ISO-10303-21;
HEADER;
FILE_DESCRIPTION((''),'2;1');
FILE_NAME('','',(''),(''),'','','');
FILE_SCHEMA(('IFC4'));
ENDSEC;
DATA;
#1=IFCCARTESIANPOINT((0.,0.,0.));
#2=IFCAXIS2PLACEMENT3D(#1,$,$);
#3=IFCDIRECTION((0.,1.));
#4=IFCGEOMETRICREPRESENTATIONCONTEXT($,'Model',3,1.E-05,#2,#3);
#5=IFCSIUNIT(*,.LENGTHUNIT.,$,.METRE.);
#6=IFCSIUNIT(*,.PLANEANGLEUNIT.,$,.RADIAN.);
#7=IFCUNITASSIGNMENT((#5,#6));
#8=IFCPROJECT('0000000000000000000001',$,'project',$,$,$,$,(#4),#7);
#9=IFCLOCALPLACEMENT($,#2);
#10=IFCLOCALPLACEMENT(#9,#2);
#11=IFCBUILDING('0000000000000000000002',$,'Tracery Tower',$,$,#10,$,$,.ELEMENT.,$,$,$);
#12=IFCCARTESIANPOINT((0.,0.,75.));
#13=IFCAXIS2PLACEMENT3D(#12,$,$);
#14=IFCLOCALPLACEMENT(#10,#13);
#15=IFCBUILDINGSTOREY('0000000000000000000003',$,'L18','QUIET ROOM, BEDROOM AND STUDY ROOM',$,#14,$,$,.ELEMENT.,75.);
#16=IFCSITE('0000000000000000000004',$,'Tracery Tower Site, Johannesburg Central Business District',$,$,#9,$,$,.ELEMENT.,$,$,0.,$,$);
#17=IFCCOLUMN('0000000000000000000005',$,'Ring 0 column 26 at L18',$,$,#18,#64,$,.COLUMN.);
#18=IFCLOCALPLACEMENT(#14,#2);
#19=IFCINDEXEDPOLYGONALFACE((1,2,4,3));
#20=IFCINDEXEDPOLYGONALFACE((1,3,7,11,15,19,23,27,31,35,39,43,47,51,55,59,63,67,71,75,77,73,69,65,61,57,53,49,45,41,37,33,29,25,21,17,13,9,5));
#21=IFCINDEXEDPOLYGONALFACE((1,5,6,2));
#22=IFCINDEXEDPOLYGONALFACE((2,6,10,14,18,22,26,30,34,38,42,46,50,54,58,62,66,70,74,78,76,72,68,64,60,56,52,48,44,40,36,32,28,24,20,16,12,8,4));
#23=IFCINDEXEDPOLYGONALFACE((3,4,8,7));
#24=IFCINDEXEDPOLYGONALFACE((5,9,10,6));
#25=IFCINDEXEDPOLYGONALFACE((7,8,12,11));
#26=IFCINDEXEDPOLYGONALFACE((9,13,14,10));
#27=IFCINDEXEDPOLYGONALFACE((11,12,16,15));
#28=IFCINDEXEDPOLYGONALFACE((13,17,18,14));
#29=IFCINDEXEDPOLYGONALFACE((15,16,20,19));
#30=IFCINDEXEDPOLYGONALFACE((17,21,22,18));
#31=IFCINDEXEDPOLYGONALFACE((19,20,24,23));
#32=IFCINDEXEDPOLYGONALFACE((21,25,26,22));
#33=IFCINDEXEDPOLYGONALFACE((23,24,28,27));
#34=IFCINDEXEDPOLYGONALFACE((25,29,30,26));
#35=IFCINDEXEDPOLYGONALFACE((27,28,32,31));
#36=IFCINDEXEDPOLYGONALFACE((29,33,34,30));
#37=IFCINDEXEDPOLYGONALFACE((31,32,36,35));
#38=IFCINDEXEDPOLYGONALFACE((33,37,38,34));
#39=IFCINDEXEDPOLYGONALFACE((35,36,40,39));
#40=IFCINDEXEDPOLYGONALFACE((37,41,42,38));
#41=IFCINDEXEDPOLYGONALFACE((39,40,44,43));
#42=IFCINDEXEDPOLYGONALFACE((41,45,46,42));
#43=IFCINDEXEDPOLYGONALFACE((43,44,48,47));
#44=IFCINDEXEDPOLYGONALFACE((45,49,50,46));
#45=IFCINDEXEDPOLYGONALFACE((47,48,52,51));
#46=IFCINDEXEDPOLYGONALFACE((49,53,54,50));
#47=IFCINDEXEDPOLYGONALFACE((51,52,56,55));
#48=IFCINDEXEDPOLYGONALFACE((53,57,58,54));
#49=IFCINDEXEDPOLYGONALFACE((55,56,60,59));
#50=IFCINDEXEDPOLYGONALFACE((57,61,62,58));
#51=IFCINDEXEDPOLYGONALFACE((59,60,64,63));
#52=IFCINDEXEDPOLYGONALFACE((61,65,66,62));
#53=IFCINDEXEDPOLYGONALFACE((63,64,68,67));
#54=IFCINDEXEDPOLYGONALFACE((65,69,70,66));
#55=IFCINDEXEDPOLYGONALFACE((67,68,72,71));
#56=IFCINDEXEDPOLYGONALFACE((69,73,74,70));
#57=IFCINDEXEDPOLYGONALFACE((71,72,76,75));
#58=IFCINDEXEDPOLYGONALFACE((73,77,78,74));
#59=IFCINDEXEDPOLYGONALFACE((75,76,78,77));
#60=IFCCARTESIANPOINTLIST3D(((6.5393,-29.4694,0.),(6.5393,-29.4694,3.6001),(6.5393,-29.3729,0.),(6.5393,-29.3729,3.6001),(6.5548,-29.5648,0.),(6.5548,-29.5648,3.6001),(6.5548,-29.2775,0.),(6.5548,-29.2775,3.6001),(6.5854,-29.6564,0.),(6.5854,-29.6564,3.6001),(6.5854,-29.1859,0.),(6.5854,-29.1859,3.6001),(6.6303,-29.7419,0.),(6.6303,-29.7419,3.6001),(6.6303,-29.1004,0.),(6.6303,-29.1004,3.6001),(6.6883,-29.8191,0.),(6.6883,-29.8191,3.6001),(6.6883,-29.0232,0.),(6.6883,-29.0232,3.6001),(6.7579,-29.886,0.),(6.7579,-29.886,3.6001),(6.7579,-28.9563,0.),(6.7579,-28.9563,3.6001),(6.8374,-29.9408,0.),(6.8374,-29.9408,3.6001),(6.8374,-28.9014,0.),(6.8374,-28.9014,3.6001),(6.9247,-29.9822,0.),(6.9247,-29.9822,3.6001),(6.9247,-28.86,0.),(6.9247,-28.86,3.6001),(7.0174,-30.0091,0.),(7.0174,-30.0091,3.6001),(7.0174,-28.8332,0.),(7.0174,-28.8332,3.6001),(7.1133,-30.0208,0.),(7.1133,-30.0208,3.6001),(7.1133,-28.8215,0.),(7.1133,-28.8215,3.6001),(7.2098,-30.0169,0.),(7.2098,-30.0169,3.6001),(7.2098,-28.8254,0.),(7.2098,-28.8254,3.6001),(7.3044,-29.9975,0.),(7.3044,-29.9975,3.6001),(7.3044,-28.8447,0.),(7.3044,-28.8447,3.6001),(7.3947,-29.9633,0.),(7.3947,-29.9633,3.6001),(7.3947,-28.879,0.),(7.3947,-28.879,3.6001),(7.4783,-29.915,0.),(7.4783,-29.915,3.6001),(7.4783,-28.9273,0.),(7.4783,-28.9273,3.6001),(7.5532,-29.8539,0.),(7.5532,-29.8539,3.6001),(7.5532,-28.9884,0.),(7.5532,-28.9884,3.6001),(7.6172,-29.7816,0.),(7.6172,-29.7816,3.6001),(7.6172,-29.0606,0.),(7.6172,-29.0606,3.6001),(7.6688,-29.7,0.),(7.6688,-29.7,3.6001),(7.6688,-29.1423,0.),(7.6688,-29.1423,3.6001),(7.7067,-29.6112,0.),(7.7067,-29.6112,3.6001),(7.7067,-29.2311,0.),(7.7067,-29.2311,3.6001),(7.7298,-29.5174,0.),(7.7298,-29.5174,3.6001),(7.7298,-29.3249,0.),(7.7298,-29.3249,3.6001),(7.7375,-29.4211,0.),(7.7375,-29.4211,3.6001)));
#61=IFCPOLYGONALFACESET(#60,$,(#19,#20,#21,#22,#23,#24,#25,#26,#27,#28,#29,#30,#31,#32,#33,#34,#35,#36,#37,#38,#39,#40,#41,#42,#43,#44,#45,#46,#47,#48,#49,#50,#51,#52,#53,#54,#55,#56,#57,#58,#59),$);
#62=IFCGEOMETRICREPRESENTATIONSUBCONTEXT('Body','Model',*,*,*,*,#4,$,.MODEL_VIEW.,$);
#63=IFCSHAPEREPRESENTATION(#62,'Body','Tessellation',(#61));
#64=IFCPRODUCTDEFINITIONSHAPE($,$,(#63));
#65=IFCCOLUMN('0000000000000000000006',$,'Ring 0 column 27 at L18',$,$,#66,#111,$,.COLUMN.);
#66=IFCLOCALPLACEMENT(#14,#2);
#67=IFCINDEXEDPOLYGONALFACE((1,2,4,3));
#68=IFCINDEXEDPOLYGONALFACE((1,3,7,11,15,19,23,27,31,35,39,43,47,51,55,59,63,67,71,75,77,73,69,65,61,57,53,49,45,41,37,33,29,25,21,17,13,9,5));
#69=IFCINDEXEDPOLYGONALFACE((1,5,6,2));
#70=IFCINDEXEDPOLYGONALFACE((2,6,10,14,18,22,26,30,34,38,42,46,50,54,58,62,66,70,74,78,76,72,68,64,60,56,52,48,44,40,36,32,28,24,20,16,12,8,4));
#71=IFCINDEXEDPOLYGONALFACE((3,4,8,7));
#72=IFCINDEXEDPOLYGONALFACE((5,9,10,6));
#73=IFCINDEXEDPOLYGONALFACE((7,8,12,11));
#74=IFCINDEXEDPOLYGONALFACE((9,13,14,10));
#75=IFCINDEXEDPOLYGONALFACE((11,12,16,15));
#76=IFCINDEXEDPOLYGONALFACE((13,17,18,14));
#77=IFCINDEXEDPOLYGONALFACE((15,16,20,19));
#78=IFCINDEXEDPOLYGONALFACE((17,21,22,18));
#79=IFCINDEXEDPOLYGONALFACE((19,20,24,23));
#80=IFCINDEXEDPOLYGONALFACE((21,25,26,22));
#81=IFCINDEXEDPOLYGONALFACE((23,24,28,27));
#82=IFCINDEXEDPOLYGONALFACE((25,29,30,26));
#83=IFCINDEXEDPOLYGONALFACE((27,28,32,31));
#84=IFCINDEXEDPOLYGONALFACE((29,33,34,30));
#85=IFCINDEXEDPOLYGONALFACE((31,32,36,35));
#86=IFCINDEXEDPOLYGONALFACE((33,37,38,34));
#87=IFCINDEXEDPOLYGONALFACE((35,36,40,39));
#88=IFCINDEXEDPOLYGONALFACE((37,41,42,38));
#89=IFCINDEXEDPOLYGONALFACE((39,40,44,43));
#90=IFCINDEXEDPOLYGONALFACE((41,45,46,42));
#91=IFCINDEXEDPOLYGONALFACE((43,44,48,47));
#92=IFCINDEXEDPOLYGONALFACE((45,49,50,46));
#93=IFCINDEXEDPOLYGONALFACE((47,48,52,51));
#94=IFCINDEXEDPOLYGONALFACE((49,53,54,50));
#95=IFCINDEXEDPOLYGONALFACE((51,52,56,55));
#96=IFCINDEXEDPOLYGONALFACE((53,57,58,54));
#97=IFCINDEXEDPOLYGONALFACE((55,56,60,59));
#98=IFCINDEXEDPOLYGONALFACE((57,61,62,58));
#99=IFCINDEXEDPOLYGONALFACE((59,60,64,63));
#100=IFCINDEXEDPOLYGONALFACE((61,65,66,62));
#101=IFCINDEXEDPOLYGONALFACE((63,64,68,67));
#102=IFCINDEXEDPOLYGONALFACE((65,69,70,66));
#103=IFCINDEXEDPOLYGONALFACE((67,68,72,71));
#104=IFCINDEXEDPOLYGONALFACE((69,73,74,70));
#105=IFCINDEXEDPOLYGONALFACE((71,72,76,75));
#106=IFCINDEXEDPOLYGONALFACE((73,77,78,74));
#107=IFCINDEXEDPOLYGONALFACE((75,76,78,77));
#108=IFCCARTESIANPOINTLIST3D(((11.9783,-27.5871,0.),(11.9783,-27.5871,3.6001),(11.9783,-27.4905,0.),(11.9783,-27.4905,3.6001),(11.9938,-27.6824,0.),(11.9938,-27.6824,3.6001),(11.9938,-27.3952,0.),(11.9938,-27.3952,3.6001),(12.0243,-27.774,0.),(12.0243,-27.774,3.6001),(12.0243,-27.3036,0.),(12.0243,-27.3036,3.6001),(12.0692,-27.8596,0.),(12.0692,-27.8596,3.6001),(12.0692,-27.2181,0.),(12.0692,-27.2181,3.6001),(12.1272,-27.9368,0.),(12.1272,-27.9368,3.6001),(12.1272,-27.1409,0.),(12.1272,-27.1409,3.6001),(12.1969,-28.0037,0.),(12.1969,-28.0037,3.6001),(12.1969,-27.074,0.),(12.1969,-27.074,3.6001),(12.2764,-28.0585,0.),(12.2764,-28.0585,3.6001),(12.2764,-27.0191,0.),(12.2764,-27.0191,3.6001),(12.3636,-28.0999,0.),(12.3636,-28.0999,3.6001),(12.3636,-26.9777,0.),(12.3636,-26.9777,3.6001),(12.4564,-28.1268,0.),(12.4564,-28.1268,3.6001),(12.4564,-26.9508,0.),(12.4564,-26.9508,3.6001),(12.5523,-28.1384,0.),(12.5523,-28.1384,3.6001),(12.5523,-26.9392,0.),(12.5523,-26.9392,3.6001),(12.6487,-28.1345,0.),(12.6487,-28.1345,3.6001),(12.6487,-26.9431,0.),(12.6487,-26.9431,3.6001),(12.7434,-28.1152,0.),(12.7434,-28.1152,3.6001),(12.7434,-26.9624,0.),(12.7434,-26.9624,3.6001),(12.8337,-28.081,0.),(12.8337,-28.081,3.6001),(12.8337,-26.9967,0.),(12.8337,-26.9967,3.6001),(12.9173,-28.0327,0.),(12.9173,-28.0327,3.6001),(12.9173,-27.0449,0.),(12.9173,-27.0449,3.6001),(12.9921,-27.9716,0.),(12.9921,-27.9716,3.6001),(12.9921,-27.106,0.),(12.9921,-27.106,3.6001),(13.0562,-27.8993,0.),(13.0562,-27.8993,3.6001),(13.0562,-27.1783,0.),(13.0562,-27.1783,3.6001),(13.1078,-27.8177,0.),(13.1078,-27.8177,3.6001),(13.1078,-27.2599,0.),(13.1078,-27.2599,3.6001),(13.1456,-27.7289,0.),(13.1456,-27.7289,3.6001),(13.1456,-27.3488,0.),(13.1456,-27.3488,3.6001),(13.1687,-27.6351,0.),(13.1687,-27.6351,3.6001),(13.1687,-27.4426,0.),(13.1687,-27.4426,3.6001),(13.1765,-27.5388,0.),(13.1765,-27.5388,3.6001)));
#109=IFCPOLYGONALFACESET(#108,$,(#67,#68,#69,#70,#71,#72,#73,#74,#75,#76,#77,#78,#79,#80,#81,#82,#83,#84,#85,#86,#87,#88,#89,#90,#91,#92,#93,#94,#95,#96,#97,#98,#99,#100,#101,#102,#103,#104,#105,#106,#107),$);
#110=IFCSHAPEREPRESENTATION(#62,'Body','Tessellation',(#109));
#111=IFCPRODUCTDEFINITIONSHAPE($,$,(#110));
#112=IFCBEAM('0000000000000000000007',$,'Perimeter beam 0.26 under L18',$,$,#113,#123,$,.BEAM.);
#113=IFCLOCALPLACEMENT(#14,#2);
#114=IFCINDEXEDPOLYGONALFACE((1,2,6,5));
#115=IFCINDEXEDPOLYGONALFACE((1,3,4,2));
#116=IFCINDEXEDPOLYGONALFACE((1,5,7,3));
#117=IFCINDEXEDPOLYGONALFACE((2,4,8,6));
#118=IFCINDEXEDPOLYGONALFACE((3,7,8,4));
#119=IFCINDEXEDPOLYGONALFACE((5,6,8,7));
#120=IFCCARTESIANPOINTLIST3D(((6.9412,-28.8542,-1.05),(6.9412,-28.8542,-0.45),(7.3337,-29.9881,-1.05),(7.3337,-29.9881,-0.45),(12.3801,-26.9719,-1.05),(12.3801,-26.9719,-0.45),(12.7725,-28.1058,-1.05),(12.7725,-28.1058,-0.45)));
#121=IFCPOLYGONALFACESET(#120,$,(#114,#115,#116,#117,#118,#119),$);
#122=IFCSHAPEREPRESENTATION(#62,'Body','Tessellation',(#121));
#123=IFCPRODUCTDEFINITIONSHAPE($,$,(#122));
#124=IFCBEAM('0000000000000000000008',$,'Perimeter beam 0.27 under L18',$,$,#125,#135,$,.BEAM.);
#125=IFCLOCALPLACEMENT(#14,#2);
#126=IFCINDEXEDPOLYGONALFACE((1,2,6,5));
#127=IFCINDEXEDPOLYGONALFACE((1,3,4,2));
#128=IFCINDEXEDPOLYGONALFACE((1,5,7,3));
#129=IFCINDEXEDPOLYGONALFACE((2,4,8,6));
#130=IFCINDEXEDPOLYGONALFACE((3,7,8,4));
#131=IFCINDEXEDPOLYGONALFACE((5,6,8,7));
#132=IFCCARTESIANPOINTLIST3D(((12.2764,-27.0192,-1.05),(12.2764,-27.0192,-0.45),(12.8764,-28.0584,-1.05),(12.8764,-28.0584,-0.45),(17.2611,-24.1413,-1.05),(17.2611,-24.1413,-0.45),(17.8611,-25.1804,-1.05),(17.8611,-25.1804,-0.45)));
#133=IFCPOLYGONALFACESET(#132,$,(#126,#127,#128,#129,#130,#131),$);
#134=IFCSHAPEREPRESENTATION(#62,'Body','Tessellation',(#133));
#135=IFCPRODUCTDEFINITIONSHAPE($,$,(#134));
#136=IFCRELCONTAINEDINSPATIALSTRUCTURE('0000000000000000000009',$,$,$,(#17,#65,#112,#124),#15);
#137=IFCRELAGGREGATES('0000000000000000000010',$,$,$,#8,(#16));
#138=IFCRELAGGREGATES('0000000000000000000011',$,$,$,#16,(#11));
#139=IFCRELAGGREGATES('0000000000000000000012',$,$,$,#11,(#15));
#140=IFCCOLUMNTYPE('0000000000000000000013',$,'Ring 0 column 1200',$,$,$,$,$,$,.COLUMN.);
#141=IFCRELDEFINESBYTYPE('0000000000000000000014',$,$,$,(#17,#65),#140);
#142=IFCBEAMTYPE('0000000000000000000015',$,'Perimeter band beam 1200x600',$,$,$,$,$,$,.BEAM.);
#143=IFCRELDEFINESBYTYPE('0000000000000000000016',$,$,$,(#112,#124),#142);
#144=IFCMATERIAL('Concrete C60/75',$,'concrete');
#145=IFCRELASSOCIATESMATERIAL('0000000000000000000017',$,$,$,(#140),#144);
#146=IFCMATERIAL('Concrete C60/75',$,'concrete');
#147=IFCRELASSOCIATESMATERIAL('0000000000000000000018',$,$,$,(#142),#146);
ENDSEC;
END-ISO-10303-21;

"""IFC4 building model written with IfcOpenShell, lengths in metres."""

from ifc_helpers import new_model, si_unit, direction, frame, origin, origin_2d, place, context, subcontext, project, spatial, rectangle, circle, extrude, material, material_profile, profile_set, type_object, element, save


model = new_model("IFC4")

# Units and contexts
model_context = context("Model", 3, precision=1e-05, world=origin(), true_north=direction((0.0, 1.0)))
body_context = subcontext(model_context, "Body", "Model", "MODEL_VIEW")
ifc_project = project(units=[si_unit("LENGTHUNIT", "METRE"), si_unit("PLANEANGLEUNIT", "RADIAN")], contexts=[model_context])

# Site, building, storey
site_placement = place(None, origin())
site = spatial("IfcSite", under=ifc_project, at=site_placement, Name="Tracery Tower Site, Johannesburg Central Business District", CompositionType="ELEMENT", RefElevation=0.0)
building_placement = place(site_placement, origin())
building = spatial("IfcBuilding", under=site, at=building_placement, Name="Tracery Tower", CompositionType="ELEMENT")
storey_placement = place(building_placement, frame((0.0, 0.0, 75.0)))
storey = spatial("IfcBuildingStorey", under=building, at=storey_placement, Name="L18", Description="QUIET ROOM, BEDROOM AND STUDY ROOM", CompositionType="ELEMENT", Elevation=75.0)

# Columns
ifc_material_1 = material(Name="Concrete C60/75", Category="concrete")
ifc_material_profile_1 = material_profile(ifc_material_1, circle(Radius=0.6001, at=origin_2d()), Name="RC D1200")
ifc_profile_set_1 = profile_set([ifc_material_profile_1], Name="Concrete C60/75")
column_type = type_object("IfcColumnType", Name="Ring 0 column 1200", PredefinedType="COLUMN", material=ifc_profile_set_1)
for number, where, z_axis, x_axis, name in (
    (1, (7.1375, -29.4211, 0.0), (0.0, 0.0, 1.0), (1.0, 0.0, 0.0), "Ring 0 column 26 at L18"),
    (2, (12.5764, -27.5388, 0.0), (0.0, 0.0, 1.0), (1.0, 0.0, 0.0), "Ring 0 column 27 at L18"),
):
    element("IfcColumn", number, at=place(storey_placement, frame(where, z_axis=z_axis, x_axis=x_axis)), inside=storey, type_object=column_type, Name=name, PredefinedType="COLUMN", context=body_context, shape_type="SweptSolid", body=[
        extrude(circle(Radius=0.6001, at=origin_2d()), origin(), (0.0, 0.0, 1.0), 3.6001),
    ])

# Beams
ifc_material_2 = material(Name="Concrete C60/75", Category="concrete")
ifc_material_profile_2 = material_profile(ifc_material_2, rectangle(XDim=1.2, YDim=0.6001, at=origin_2d()), Name="RC 1200x600")
ifc_profile_set_2 = profile_set([ifc_material_profile_2], Name="Concrete C60/75")
beam_type = type_object("IfcBeamType", Name="Perimeter band beam 1200x600", PredefinedType="BEAM", material=ifc_profile_set_2)
beam_1_placement = place(storey_placement, frame((7.1375, -29.4211, -0.75), z_axis=(0.945007, 0.327049, 0.0), x_axis=(-0.327049, 0.945007, 0.0)))
element("IfcBeam", 3, at=beam_1_placement, inside=storey, type_object=beam_type, Name="Perimeter beam 0.26 under L18", PredefinedType="BEAM", context=body_context, shape_type="SweptSolid", body=[
    extrude(rectangle(XDim=1.2, YDim=0.6001, at=origin_2d()), origin(), (0.0, 0.0, 1.0), 5.7554),
])
beam_2_placement = place(storey_placement, frame((12.5764, -27.5388, -0.75), z_axis=(0.866021, 0.500008, 0.0), x_axis=(-0.500008, 0.866021, 0.0)))
element("IfcBeam", 4, at=beam_2_placement, inside=storey, type_object=beam_type, Name="Perimeter beam 0.27 under L18", PredefinedType="BEAM", context=body_context, shape_type="SweptSolid", body=[
    extrude(rectangle(XDim=1.2, YDim=0.6001, at=origin_2d()), origin(), (0.0, 0.0, 1.0), 5.7559),
])

save(model, "model.ifc")
